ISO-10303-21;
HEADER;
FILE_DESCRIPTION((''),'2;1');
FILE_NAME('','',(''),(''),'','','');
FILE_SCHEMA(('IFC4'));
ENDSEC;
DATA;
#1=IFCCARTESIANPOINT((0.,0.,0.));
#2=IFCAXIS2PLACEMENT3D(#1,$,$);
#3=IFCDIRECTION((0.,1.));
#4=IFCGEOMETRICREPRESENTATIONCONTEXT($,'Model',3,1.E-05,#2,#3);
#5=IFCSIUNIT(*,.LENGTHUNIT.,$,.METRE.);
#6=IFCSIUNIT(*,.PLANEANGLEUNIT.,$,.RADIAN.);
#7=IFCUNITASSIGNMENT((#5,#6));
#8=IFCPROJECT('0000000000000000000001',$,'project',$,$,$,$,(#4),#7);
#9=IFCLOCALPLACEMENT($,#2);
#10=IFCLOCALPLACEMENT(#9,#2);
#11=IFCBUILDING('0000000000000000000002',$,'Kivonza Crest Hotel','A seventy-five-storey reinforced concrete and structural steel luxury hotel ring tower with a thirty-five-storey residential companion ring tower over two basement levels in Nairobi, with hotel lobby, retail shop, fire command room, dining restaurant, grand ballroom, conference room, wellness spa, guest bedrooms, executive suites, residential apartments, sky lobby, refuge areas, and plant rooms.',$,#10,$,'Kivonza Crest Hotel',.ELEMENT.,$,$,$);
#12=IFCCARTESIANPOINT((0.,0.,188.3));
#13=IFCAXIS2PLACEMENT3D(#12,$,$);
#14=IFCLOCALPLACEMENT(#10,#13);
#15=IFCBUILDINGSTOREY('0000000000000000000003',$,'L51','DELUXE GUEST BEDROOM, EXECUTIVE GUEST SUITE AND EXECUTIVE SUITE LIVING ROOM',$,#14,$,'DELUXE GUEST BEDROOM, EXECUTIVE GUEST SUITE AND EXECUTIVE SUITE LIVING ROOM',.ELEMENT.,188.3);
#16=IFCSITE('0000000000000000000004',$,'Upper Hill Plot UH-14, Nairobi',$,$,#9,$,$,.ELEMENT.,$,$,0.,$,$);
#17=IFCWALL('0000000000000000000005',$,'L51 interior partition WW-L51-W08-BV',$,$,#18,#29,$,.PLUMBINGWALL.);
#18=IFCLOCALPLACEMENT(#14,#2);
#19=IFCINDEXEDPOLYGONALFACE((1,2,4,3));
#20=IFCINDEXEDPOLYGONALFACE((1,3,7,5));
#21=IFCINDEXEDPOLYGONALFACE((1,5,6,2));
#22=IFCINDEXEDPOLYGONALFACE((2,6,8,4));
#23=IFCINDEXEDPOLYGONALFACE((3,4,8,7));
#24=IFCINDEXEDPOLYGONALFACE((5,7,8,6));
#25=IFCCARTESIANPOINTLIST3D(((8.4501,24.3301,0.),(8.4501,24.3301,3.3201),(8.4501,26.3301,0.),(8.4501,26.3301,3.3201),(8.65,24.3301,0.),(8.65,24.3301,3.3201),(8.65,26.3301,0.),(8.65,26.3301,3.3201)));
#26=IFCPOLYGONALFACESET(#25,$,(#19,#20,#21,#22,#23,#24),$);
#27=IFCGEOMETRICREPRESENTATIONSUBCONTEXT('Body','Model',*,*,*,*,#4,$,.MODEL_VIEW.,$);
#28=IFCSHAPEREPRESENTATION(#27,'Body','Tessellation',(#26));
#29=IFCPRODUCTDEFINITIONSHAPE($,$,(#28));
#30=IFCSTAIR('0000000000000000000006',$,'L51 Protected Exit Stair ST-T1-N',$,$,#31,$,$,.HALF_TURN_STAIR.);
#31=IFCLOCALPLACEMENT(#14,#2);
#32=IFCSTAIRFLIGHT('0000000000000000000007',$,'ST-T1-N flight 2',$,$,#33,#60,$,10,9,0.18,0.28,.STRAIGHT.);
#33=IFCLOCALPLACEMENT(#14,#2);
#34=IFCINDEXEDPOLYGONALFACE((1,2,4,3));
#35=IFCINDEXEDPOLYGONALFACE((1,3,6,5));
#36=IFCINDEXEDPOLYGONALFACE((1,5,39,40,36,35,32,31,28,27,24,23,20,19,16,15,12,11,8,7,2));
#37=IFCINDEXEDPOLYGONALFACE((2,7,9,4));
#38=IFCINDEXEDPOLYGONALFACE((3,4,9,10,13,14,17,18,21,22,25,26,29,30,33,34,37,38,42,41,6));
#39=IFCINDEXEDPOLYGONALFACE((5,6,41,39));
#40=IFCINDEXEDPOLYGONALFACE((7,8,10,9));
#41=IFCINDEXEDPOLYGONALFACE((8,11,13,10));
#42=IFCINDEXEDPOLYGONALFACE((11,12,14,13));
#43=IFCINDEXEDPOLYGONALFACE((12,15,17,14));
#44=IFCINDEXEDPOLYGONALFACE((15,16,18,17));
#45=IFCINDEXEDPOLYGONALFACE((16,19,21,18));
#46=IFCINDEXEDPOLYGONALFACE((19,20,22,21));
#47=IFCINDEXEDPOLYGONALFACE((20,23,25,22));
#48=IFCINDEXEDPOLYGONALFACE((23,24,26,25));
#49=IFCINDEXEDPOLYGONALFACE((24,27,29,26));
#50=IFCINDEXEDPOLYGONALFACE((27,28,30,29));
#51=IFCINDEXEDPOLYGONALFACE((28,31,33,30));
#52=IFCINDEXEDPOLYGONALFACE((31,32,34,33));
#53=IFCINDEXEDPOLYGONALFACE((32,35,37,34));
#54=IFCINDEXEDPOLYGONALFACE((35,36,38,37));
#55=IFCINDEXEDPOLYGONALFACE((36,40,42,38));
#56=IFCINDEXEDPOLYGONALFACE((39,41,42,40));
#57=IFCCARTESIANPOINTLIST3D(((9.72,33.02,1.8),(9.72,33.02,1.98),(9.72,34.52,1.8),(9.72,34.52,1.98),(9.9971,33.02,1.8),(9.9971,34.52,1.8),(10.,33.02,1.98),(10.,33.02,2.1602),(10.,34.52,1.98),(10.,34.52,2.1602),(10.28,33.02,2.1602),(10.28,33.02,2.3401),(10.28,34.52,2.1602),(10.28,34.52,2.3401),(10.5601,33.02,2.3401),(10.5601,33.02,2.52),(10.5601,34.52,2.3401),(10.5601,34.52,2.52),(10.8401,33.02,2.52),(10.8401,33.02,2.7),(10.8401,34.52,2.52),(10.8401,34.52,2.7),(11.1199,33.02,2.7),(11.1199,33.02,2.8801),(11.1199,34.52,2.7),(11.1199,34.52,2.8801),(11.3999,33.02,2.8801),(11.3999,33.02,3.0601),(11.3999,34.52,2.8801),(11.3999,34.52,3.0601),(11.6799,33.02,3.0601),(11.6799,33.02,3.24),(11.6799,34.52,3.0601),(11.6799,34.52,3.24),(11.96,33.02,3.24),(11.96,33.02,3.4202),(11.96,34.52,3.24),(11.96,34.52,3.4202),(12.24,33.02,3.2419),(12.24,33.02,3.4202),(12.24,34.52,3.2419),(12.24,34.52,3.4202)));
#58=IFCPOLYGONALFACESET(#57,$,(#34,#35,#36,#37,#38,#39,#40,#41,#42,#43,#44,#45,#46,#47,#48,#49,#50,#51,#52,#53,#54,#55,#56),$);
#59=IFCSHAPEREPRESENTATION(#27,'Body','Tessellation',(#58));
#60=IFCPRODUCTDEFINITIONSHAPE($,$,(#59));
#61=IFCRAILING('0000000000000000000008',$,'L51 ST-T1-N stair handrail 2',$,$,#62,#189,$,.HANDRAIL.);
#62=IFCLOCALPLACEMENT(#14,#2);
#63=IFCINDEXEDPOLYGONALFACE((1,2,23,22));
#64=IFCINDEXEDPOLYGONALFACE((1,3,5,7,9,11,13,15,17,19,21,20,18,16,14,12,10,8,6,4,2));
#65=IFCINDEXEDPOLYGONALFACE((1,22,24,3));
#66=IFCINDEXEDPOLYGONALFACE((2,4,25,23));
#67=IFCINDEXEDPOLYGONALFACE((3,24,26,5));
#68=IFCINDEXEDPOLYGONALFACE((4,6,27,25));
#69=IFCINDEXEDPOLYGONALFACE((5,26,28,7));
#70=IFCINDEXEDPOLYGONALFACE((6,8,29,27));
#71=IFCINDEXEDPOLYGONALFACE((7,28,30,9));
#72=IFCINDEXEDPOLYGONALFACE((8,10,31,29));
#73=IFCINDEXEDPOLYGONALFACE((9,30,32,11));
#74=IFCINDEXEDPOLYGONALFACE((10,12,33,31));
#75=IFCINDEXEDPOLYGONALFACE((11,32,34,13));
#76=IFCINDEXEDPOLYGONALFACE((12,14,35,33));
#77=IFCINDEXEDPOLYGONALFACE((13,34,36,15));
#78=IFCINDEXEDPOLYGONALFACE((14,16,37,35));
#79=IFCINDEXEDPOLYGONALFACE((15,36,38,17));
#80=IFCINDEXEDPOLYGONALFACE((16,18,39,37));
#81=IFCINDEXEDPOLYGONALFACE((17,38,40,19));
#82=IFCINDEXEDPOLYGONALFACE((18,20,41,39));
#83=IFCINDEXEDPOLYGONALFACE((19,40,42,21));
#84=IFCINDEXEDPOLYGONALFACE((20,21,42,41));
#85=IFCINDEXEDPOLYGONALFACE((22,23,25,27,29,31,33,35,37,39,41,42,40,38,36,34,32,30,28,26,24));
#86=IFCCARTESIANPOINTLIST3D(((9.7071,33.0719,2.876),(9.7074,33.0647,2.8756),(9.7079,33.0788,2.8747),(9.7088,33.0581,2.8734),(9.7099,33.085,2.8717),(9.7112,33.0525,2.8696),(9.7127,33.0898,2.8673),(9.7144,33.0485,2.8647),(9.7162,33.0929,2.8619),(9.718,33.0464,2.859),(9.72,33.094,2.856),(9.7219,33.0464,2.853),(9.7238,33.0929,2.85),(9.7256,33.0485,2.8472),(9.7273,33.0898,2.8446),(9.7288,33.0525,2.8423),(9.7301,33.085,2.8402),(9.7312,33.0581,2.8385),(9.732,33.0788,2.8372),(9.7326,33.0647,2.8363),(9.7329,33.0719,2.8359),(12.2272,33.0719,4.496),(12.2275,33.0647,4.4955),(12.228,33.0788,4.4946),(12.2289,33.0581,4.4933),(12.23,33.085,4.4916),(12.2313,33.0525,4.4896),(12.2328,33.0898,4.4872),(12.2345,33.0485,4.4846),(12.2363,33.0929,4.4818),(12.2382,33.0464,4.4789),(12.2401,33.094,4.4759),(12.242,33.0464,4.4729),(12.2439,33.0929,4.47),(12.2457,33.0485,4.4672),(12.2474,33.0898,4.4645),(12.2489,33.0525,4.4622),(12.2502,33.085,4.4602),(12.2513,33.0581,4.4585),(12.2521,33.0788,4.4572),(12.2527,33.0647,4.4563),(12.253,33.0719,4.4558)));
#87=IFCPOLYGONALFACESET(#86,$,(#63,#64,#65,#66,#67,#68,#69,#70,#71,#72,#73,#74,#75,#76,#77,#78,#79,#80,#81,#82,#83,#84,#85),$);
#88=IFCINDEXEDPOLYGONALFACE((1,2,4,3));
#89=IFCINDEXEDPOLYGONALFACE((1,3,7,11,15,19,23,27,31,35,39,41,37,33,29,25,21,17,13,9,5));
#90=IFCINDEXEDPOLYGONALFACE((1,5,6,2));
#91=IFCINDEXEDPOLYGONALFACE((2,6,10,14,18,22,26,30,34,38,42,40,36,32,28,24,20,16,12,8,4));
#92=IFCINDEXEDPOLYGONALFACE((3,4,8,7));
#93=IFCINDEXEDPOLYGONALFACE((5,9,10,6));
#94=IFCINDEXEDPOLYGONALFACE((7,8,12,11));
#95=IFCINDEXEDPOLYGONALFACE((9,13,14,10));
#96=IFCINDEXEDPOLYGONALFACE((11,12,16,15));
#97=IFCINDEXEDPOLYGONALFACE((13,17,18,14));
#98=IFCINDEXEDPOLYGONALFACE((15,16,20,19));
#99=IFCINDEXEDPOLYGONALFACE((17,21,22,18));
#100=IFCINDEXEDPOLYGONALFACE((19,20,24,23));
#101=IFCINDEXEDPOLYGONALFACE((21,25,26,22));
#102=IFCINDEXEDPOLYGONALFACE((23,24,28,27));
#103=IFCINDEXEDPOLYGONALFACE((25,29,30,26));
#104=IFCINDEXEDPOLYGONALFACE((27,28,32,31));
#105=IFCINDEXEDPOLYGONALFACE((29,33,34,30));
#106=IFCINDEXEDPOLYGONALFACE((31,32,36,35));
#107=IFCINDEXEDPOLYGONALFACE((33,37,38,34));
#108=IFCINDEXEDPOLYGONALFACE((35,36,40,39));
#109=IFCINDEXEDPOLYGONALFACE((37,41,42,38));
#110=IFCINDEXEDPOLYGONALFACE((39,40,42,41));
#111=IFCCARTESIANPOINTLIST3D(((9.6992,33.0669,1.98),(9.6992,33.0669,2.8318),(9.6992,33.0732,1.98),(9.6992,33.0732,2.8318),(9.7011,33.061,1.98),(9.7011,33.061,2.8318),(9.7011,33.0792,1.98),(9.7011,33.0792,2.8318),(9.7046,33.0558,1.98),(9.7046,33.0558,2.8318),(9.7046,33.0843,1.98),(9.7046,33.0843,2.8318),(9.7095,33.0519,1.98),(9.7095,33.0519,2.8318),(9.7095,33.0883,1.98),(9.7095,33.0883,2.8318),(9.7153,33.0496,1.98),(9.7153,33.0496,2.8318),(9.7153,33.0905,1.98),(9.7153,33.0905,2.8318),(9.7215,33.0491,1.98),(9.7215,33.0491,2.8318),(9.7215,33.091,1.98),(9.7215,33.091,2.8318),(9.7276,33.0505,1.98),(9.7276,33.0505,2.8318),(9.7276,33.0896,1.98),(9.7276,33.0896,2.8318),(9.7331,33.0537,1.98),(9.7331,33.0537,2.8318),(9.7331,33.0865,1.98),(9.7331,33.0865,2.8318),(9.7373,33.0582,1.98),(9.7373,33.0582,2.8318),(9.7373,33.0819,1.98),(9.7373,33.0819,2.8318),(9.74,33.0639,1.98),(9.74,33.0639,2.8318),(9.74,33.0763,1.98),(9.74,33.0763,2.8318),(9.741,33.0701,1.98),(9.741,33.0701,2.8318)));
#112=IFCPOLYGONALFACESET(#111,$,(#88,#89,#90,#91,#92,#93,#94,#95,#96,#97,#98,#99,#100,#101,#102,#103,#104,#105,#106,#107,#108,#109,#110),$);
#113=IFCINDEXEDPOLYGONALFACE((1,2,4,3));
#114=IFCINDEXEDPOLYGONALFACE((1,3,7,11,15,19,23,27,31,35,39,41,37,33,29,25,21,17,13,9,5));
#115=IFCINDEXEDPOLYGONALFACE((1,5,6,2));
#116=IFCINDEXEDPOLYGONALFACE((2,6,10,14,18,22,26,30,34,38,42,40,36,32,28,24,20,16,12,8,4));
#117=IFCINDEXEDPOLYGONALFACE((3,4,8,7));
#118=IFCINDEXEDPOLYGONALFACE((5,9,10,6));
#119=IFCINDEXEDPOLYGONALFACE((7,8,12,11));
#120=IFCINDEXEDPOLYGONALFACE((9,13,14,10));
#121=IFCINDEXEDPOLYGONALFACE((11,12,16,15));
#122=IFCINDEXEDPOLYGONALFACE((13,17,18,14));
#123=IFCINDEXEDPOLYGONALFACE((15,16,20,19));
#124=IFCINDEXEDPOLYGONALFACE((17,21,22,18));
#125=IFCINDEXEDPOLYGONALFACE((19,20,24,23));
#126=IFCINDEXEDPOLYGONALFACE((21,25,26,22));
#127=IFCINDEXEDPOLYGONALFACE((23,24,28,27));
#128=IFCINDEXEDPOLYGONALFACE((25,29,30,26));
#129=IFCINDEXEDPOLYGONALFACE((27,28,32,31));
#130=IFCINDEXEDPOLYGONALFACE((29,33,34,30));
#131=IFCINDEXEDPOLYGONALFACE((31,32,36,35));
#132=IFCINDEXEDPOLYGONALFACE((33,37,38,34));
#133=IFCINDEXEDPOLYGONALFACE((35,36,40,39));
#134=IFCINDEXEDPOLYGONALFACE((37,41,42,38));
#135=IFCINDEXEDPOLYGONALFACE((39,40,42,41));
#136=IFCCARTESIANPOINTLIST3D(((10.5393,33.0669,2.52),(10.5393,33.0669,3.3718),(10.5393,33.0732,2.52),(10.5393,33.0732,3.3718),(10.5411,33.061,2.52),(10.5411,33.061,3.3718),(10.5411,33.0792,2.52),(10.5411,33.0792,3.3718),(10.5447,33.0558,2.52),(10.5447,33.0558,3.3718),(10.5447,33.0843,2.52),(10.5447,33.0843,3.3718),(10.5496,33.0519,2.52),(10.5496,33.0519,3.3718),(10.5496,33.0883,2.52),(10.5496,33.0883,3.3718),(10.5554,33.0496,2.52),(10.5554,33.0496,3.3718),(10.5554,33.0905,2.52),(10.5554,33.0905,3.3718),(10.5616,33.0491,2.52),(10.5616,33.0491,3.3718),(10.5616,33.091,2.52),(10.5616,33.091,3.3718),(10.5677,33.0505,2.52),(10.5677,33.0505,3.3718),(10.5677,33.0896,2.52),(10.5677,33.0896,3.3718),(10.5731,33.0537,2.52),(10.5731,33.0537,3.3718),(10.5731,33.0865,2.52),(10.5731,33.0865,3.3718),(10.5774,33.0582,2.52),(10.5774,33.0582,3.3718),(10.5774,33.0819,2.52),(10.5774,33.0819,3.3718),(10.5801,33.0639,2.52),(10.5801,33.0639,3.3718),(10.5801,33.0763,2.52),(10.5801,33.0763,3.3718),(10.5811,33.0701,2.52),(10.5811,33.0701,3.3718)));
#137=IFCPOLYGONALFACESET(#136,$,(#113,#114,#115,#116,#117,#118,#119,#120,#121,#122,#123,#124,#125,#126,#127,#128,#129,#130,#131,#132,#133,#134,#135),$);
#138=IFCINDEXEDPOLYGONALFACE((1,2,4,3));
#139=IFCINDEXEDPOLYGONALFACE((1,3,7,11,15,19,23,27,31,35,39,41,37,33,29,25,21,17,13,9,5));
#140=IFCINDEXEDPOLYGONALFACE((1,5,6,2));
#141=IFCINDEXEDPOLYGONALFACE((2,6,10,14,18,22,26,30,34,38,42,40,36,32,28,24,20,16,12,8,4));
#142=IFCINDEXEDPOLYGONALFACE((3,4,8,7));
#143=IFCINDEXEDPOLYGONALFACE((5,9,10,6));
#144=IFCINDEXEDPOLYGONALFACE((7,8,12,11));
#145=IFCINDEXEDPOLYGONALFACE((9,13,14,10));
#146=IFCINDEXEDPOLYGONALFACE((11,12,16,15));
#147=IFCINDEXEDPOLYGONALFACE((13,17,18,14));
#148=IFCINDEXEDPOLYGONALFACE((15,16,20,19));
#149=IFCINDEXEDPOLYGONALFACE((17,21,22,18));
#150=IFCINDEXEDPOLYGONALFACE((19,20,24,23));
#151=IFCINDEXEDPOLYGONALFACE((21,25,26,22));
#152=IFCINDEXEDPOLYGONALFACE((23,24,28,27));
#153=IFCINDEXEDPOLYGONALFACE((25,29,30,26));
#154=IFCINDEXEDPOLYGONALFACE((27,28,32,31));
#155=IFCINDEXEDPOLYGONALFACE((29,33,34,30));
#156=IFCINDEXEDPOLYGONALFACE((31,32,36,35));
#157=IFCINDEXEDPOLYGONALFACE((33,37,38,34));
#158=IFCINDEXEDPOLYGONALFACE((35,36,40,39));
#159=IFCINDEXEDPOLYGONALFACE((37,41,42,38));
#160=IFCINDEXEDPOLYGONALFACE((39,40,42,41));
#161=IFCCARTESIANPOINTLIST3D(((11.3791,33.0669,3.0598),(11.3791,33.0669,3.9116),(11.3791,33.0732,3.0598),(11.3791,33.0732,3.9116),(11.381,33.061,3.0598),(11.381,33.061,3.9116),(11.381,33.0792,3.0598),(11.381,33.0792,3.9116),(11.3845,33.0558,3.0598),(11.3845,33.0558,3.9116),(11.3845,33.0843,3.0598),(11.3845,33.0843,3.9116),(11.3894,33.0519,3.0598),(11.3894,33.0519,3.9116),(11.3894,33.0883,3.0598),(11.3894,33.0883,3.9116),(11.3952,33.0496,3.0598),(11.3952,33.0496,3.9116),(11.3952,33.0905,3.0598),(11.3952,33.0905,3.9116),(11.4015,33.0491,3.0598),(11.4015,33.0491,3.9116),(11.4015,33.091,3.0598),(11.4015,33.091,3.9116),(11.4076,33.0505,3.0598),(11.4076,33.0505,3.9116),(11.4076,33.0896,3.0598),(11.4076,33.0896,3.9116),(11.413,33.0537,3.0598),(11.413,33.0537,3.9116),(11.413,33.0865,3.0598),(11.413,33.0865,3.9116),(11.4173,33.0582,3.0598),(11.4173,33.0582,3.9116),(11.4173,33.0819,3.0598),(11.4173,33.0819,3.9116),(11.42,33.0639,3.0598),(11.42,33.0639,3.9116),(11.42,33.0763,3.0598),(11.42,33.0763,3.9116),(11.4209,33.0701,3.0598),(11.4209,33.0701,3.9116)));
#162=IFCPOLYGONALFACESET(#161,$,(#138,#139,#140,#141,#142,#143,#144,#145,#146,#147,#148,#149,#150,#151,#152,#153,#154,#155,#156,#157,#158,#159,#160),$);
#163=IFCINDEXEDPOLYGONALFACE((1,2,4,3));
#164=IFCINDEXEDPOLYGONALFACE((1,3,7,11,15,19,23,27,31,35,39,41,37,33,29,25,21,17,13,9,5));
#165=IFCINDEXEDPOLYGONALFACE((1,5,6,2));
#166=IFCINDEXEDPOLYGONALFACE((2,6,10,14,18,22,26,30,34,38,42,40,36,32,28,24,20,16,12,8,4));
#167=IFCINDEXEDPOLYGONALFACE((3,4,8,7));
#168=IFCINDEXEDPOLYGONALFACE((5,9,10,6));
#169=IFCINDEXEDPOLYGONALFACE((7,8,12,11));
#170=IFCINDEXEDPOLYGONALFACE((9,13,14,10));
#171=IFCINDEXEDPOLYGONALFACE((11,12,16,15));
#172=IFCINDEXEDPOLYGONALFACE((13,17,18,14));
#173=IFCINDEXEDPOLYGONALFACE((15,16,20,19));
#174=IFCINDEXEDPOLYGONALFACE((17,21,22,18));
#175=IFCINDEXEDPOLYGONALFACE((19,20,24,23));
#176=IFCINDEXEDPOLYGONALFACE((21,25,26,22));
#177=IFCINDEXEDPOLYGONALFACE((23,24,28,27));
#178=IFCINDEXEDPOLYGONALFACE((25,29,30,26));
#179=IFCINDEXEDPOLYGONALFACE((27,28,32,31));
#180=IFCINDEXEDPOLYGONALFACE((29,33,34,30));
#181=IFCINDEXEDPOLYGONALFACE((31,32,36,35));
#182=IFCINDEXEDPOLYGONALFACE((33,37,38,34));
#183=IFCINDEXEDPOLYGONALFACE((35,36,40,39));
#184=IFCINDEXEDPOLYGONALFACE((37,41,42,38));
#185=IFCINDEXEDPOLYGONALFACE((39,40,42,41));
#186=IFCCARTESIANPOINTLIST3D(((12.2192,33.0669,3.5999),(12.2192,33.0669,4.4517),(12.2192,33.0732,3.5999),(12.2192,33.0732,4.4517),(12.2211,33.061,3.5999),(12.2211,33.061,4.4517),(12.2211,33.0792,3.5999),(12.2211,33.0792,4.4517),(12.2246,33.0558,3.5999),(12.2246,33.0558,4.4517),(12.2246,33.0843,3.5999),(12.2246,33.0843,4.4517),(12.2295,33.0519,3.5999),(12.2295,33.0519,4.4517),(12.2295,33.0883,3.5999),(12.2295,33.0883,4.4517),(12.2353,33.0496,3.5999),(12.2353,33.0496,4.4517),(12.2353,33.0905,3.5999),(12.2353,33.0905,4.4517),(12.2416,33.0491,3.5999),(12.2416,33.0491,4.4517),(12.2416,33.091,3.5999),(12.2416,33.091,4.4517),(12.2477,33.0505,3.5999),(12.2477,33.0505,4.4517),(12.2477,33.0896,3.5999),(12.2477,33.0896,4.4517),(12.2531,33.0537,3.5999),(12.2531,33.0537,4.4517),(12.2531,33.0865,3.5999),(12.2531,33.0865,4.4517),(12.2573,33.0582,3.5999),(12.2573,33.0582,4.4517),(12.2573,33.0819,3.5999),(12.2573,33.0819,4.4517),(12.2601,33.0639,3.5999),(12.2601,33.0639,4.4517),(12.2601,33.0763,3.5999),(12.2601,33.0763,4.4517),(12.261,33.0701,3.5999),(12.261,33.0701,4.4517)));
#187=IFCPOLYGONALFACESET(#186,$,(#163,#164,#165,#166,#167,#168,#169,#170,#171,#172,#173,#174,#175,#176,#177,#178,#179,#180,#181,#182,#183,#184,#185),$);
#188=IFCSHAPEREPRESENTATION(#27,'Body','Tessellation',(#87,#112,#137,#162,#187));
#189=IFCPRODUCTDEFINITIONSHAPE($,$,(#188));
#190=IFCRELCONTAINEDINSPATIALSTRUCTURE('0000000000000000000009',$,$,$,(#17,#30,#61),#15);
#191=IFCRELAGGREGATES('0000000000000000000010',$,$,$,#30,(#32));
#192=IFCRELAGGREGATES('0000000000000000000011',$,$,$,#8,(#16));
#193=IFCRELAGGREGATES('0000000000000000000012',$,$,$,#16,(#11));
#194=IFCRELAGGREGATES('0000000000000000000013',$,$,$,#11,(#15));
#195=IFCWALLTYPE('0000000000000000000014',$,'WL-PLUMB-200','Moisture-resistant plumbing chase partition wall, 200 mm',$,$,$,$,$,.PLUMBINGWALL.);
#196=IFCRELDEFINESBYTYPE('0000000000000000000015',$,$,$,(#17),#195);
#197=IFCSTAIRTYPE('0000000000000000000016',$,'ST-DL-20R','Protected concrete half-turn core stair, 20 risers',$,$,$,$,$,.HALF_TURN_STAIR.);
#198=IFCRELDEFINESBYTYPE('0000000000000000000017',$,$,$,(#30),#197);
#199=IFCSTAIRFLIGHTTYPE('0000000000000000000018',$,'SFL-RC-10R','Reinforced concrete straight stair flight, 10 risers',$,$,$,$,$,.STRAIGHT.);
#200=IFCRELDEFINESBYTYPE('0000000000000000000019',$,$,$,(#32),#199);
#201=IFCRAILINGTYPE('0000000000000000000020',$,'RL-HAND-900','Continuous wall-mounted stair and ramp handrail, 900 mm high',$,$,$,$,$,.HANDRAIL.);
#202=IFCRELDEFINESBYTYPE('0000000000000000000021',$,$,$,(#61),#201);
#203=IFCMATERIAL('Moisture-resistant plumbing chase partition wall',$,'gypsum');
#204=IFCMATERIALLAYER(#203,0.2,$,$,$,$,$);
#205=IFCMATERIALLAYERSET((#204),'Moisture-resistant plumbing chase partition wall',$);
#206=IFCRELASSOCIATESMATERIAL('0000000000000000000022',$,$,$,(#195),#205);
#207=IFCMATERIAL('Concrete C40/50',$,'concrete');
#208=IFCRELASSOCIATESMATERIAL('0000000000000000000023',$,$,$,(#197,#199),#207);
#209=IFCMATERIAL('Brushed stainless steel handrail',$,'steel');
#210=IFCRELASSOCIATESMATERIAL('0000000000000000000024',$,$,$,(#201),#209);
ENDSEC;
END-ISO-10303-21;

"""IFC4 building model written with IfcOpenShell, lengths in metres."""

from ifc_helpers import new_model, si_unit, direction, frame, frame_2d, origin, origin_2d, place, context, subcontext, project, spatial, polyline, rectangle, circle, outline, extrude, material, layer, layer_set, type_object, element, aggregate, save


model = new_model("IFC4")

# Units and contexts
model_context = context("Model", 3, precision=1e-05, world=origin(), true_north=direction((0.0, 1.0)))
body_context = subcontext(model_context, "Body", "Model", "MODEL_VIEW")
ifc_project = project(units=[si_unit("LENGTHUNIT", "METRE"), si_unit("PLANEANGLEUNIT", "RADIAN")], contexts=[model_context])

# Site, building, storey
site_placement = place(None, origin())
site = spatial("IfcSite", under=ifc_project, at=site_placement, Name="Upper Hill Plot UH-14, Nairobi", CompositionType="ELEMENT", RefElevation=0.0)
building_placement = place(site_placement, origin())
building = spatial("IfcBuilding", under=site, at=building_placement, Name="Kivonza Crest Hotel", Description="A seventy-five-storey reinforced concrete and structural steel luxury hotel ring tower with a thirty-five-storey residential companion ring tower over two basement levels in Nairobi, with hotel lobby, retail shop, fire command room, dining restaurant, grand ballroom, conference room, wellness spa, guest bedrooms, executive suites, residential apartments, sky lobby, refuge areas, and plant rooms.", LongName="Kivonza Crest Hotel", CompositionType="ELEMENT")
storey_placement = place(building_placement, frame((0.0, 0.0, 188.3)))
storey = spatial("IfcBuildingStorey", under=building, at=storey_placement, Name="L51", Description="DELUXE GUEST BEDROOM, EXECUTIVE GUEST SUITE AND EXECUTIVE SUITE LIVING ROOM", LongName="DELUXE GUEST BEDROOM, EXECUTIVE GUEST SUITE AND EXECUTIVE SUITE LIVING ROOM", CompositionType="ELEMENT", Elevation=188.3)

# Shared definitions
ifc_material_1 = material(Name="Moisture-resistant plumbing chase partition wall", Category="gypsum")
ifc_layer_1 = layer(ifc_material_1, 0.2)
ifc_layer_set_1 = layer_set([ifc_layer_1], Name="Moisture-resistant plumbing chase partition wall")
wall_type_1 = type_object("IfcWallType", Name="WL-PLUMB-200", Description="Moisture-resistant plumbing chase partition wall, 200 mm", PredefinedType="PLUMBINGWALL", material=ifc_layer_set_1)

# Wall
wall_1_placement = place(storey_placement, frame((8.55, 24.3301, 0.0), z_axis=(0.0, 0.0, 1.0), x_axis=(0.0, 1.0, 0.0)))
element("IfcWall", 1, at=wall_1_placement, inside=storey, type_object=wall_type_1, Name="L51 interior partition WW-L51-W08-BV", PredefinedType="PLUMBINGWALL", context=body_context, shape_type="SweptSolid", body=[
    extrude(rectangle(XDim=2.0, YDim=0.2, at=frame_2d((1.0, 0.0))), origin(), (0.0, 0.0, 1.0), 3.3201),
])

# Stair, stair flight
ifc_material_2 = material(Name="Concrete C40/50", Category="concrete")
stair_type = type_object("IfcStairType", Name="ST-DL-20R", Description="Protected concrete half-turn core stair, 20 risers", PredefinedType="HALF_TURN_STAIR", material=ifc_material_2)
stair_placement = place(storey_placement, origin())
stair = element("IfcStair", 2, at=stair_placement, inside=storey, type_object=stair_type, Name="L51 Protected Exit Stair ST-T1-N", PredefinedType="HALF_TURN_STAIR")
stair_flight_type = type_object("IfcStairFlightType", Name="SFL-RC-10R", Description="Reinforced concrete straight stair flight, 10 risers", PredefinedType="STRAIGHT", material=ifc_material_2)
stair_flight_placement = place(storey_placement, frame((9.72, 33.77, 1.8), z_axis=(0.0, 0.0, 1.0), x_axis=(1.0, 0.0, 0.0)))
stair_flight = element("IfcStairFlight", 3, at=stair_flight_placement, type_object=stair_flight_type, Name="ST-T1-N flight 2", NumberOfRisers=10, NumberOfTreads=9, PredefinedType="STRAIGHT", RiserHeight=0.18, TreadLength=0.28, context=body_context, shape_type="SweptSolid", body=[
    extrude(outline(polyline([(0.0, 0.0), (0.0, 0.1799), (0.28, 0.1799), (0.28, 0.3601), (0.5601, 0.3601), (0.5601, 0.54), (0.8401, 0.54), (0.8401, 0.72), (1.1201, 0.72), (1.1201, 0.8999), (1.3999, 0.8999), (1.3999, 1.0801), (1.6799, 1.0801), (1.6799, 1.26), (1.96, 1.26), (1.96, 1.4399), (2.24, 1.4399), (2.24, 1.6201), (2.52, 1.6201), (2.52, 1.8), (2.52, 1.4419), (0.2771, 0.0), (0.0, 0.0)])), frame((0.0, 0.75, 0.0), z_axis=(0.0, -1.0, 0.0), x_axis=(1.0, 0.0, 0.0)), (0.0, 0.0, 1.0), 1.5),
])
aggregate(stair, [stair_flight])

# Railing
ifc_material_3 = material(Name="Brushed stainless steel handrail", Category="steel")
railing_type_1 = type_object("IfcRailingType", Name="RL-HAND-900", Description="Continuous wall-mounted stair and ramp handrail, 900 mm high", PredefinedType="HANDRAIL", material=ifc_material_3)
railing_1_placement = place(storey_placement, frame((9.72, 33.0701, 1.98)))
element("IfcRailing", 4, at=railing_1_placement, inside=storey, type_object=railing_type_1, Name="L51 ST-T1-N stair handrail 2", PredefinedType="HANDRAIL", context=body_context, shape_type="SweptSolid", body=[
    extrude(circle(Radius=0.0239, at=origin_2d()), frame((0.0, 0.0, 0.876), z_axis=(0.8412, 0.0, 0.540725), x_axis=(0.0, 1.0, 0.0)), (0.0, 0.0, 1.0), 2.9958),
    extrude(circle(Radius=0.021, at=origin_2d()), origin(), (0.0, 0.0, 1.0), 0.8518),
    extrude(circle(Radius=0.021, at=origin_2d()), frame((0.8401, 0.0, 0.54)), (0.0, 0.0, 1.0), 0.8518),
    extrude(circle(Radius=0.021, at=origin_2d()), frame((1.6799, 0.0, 1.0798)), (0.0, 0.0, 1.0), 0.8518),
    extrude(circle(Radius=0.021, at=origin_2d()), frame((2.52, 0.0, 1.6199)), (0.0, 0.0, 1.0), 0.8518),
])

save(model, "model.ifc")
